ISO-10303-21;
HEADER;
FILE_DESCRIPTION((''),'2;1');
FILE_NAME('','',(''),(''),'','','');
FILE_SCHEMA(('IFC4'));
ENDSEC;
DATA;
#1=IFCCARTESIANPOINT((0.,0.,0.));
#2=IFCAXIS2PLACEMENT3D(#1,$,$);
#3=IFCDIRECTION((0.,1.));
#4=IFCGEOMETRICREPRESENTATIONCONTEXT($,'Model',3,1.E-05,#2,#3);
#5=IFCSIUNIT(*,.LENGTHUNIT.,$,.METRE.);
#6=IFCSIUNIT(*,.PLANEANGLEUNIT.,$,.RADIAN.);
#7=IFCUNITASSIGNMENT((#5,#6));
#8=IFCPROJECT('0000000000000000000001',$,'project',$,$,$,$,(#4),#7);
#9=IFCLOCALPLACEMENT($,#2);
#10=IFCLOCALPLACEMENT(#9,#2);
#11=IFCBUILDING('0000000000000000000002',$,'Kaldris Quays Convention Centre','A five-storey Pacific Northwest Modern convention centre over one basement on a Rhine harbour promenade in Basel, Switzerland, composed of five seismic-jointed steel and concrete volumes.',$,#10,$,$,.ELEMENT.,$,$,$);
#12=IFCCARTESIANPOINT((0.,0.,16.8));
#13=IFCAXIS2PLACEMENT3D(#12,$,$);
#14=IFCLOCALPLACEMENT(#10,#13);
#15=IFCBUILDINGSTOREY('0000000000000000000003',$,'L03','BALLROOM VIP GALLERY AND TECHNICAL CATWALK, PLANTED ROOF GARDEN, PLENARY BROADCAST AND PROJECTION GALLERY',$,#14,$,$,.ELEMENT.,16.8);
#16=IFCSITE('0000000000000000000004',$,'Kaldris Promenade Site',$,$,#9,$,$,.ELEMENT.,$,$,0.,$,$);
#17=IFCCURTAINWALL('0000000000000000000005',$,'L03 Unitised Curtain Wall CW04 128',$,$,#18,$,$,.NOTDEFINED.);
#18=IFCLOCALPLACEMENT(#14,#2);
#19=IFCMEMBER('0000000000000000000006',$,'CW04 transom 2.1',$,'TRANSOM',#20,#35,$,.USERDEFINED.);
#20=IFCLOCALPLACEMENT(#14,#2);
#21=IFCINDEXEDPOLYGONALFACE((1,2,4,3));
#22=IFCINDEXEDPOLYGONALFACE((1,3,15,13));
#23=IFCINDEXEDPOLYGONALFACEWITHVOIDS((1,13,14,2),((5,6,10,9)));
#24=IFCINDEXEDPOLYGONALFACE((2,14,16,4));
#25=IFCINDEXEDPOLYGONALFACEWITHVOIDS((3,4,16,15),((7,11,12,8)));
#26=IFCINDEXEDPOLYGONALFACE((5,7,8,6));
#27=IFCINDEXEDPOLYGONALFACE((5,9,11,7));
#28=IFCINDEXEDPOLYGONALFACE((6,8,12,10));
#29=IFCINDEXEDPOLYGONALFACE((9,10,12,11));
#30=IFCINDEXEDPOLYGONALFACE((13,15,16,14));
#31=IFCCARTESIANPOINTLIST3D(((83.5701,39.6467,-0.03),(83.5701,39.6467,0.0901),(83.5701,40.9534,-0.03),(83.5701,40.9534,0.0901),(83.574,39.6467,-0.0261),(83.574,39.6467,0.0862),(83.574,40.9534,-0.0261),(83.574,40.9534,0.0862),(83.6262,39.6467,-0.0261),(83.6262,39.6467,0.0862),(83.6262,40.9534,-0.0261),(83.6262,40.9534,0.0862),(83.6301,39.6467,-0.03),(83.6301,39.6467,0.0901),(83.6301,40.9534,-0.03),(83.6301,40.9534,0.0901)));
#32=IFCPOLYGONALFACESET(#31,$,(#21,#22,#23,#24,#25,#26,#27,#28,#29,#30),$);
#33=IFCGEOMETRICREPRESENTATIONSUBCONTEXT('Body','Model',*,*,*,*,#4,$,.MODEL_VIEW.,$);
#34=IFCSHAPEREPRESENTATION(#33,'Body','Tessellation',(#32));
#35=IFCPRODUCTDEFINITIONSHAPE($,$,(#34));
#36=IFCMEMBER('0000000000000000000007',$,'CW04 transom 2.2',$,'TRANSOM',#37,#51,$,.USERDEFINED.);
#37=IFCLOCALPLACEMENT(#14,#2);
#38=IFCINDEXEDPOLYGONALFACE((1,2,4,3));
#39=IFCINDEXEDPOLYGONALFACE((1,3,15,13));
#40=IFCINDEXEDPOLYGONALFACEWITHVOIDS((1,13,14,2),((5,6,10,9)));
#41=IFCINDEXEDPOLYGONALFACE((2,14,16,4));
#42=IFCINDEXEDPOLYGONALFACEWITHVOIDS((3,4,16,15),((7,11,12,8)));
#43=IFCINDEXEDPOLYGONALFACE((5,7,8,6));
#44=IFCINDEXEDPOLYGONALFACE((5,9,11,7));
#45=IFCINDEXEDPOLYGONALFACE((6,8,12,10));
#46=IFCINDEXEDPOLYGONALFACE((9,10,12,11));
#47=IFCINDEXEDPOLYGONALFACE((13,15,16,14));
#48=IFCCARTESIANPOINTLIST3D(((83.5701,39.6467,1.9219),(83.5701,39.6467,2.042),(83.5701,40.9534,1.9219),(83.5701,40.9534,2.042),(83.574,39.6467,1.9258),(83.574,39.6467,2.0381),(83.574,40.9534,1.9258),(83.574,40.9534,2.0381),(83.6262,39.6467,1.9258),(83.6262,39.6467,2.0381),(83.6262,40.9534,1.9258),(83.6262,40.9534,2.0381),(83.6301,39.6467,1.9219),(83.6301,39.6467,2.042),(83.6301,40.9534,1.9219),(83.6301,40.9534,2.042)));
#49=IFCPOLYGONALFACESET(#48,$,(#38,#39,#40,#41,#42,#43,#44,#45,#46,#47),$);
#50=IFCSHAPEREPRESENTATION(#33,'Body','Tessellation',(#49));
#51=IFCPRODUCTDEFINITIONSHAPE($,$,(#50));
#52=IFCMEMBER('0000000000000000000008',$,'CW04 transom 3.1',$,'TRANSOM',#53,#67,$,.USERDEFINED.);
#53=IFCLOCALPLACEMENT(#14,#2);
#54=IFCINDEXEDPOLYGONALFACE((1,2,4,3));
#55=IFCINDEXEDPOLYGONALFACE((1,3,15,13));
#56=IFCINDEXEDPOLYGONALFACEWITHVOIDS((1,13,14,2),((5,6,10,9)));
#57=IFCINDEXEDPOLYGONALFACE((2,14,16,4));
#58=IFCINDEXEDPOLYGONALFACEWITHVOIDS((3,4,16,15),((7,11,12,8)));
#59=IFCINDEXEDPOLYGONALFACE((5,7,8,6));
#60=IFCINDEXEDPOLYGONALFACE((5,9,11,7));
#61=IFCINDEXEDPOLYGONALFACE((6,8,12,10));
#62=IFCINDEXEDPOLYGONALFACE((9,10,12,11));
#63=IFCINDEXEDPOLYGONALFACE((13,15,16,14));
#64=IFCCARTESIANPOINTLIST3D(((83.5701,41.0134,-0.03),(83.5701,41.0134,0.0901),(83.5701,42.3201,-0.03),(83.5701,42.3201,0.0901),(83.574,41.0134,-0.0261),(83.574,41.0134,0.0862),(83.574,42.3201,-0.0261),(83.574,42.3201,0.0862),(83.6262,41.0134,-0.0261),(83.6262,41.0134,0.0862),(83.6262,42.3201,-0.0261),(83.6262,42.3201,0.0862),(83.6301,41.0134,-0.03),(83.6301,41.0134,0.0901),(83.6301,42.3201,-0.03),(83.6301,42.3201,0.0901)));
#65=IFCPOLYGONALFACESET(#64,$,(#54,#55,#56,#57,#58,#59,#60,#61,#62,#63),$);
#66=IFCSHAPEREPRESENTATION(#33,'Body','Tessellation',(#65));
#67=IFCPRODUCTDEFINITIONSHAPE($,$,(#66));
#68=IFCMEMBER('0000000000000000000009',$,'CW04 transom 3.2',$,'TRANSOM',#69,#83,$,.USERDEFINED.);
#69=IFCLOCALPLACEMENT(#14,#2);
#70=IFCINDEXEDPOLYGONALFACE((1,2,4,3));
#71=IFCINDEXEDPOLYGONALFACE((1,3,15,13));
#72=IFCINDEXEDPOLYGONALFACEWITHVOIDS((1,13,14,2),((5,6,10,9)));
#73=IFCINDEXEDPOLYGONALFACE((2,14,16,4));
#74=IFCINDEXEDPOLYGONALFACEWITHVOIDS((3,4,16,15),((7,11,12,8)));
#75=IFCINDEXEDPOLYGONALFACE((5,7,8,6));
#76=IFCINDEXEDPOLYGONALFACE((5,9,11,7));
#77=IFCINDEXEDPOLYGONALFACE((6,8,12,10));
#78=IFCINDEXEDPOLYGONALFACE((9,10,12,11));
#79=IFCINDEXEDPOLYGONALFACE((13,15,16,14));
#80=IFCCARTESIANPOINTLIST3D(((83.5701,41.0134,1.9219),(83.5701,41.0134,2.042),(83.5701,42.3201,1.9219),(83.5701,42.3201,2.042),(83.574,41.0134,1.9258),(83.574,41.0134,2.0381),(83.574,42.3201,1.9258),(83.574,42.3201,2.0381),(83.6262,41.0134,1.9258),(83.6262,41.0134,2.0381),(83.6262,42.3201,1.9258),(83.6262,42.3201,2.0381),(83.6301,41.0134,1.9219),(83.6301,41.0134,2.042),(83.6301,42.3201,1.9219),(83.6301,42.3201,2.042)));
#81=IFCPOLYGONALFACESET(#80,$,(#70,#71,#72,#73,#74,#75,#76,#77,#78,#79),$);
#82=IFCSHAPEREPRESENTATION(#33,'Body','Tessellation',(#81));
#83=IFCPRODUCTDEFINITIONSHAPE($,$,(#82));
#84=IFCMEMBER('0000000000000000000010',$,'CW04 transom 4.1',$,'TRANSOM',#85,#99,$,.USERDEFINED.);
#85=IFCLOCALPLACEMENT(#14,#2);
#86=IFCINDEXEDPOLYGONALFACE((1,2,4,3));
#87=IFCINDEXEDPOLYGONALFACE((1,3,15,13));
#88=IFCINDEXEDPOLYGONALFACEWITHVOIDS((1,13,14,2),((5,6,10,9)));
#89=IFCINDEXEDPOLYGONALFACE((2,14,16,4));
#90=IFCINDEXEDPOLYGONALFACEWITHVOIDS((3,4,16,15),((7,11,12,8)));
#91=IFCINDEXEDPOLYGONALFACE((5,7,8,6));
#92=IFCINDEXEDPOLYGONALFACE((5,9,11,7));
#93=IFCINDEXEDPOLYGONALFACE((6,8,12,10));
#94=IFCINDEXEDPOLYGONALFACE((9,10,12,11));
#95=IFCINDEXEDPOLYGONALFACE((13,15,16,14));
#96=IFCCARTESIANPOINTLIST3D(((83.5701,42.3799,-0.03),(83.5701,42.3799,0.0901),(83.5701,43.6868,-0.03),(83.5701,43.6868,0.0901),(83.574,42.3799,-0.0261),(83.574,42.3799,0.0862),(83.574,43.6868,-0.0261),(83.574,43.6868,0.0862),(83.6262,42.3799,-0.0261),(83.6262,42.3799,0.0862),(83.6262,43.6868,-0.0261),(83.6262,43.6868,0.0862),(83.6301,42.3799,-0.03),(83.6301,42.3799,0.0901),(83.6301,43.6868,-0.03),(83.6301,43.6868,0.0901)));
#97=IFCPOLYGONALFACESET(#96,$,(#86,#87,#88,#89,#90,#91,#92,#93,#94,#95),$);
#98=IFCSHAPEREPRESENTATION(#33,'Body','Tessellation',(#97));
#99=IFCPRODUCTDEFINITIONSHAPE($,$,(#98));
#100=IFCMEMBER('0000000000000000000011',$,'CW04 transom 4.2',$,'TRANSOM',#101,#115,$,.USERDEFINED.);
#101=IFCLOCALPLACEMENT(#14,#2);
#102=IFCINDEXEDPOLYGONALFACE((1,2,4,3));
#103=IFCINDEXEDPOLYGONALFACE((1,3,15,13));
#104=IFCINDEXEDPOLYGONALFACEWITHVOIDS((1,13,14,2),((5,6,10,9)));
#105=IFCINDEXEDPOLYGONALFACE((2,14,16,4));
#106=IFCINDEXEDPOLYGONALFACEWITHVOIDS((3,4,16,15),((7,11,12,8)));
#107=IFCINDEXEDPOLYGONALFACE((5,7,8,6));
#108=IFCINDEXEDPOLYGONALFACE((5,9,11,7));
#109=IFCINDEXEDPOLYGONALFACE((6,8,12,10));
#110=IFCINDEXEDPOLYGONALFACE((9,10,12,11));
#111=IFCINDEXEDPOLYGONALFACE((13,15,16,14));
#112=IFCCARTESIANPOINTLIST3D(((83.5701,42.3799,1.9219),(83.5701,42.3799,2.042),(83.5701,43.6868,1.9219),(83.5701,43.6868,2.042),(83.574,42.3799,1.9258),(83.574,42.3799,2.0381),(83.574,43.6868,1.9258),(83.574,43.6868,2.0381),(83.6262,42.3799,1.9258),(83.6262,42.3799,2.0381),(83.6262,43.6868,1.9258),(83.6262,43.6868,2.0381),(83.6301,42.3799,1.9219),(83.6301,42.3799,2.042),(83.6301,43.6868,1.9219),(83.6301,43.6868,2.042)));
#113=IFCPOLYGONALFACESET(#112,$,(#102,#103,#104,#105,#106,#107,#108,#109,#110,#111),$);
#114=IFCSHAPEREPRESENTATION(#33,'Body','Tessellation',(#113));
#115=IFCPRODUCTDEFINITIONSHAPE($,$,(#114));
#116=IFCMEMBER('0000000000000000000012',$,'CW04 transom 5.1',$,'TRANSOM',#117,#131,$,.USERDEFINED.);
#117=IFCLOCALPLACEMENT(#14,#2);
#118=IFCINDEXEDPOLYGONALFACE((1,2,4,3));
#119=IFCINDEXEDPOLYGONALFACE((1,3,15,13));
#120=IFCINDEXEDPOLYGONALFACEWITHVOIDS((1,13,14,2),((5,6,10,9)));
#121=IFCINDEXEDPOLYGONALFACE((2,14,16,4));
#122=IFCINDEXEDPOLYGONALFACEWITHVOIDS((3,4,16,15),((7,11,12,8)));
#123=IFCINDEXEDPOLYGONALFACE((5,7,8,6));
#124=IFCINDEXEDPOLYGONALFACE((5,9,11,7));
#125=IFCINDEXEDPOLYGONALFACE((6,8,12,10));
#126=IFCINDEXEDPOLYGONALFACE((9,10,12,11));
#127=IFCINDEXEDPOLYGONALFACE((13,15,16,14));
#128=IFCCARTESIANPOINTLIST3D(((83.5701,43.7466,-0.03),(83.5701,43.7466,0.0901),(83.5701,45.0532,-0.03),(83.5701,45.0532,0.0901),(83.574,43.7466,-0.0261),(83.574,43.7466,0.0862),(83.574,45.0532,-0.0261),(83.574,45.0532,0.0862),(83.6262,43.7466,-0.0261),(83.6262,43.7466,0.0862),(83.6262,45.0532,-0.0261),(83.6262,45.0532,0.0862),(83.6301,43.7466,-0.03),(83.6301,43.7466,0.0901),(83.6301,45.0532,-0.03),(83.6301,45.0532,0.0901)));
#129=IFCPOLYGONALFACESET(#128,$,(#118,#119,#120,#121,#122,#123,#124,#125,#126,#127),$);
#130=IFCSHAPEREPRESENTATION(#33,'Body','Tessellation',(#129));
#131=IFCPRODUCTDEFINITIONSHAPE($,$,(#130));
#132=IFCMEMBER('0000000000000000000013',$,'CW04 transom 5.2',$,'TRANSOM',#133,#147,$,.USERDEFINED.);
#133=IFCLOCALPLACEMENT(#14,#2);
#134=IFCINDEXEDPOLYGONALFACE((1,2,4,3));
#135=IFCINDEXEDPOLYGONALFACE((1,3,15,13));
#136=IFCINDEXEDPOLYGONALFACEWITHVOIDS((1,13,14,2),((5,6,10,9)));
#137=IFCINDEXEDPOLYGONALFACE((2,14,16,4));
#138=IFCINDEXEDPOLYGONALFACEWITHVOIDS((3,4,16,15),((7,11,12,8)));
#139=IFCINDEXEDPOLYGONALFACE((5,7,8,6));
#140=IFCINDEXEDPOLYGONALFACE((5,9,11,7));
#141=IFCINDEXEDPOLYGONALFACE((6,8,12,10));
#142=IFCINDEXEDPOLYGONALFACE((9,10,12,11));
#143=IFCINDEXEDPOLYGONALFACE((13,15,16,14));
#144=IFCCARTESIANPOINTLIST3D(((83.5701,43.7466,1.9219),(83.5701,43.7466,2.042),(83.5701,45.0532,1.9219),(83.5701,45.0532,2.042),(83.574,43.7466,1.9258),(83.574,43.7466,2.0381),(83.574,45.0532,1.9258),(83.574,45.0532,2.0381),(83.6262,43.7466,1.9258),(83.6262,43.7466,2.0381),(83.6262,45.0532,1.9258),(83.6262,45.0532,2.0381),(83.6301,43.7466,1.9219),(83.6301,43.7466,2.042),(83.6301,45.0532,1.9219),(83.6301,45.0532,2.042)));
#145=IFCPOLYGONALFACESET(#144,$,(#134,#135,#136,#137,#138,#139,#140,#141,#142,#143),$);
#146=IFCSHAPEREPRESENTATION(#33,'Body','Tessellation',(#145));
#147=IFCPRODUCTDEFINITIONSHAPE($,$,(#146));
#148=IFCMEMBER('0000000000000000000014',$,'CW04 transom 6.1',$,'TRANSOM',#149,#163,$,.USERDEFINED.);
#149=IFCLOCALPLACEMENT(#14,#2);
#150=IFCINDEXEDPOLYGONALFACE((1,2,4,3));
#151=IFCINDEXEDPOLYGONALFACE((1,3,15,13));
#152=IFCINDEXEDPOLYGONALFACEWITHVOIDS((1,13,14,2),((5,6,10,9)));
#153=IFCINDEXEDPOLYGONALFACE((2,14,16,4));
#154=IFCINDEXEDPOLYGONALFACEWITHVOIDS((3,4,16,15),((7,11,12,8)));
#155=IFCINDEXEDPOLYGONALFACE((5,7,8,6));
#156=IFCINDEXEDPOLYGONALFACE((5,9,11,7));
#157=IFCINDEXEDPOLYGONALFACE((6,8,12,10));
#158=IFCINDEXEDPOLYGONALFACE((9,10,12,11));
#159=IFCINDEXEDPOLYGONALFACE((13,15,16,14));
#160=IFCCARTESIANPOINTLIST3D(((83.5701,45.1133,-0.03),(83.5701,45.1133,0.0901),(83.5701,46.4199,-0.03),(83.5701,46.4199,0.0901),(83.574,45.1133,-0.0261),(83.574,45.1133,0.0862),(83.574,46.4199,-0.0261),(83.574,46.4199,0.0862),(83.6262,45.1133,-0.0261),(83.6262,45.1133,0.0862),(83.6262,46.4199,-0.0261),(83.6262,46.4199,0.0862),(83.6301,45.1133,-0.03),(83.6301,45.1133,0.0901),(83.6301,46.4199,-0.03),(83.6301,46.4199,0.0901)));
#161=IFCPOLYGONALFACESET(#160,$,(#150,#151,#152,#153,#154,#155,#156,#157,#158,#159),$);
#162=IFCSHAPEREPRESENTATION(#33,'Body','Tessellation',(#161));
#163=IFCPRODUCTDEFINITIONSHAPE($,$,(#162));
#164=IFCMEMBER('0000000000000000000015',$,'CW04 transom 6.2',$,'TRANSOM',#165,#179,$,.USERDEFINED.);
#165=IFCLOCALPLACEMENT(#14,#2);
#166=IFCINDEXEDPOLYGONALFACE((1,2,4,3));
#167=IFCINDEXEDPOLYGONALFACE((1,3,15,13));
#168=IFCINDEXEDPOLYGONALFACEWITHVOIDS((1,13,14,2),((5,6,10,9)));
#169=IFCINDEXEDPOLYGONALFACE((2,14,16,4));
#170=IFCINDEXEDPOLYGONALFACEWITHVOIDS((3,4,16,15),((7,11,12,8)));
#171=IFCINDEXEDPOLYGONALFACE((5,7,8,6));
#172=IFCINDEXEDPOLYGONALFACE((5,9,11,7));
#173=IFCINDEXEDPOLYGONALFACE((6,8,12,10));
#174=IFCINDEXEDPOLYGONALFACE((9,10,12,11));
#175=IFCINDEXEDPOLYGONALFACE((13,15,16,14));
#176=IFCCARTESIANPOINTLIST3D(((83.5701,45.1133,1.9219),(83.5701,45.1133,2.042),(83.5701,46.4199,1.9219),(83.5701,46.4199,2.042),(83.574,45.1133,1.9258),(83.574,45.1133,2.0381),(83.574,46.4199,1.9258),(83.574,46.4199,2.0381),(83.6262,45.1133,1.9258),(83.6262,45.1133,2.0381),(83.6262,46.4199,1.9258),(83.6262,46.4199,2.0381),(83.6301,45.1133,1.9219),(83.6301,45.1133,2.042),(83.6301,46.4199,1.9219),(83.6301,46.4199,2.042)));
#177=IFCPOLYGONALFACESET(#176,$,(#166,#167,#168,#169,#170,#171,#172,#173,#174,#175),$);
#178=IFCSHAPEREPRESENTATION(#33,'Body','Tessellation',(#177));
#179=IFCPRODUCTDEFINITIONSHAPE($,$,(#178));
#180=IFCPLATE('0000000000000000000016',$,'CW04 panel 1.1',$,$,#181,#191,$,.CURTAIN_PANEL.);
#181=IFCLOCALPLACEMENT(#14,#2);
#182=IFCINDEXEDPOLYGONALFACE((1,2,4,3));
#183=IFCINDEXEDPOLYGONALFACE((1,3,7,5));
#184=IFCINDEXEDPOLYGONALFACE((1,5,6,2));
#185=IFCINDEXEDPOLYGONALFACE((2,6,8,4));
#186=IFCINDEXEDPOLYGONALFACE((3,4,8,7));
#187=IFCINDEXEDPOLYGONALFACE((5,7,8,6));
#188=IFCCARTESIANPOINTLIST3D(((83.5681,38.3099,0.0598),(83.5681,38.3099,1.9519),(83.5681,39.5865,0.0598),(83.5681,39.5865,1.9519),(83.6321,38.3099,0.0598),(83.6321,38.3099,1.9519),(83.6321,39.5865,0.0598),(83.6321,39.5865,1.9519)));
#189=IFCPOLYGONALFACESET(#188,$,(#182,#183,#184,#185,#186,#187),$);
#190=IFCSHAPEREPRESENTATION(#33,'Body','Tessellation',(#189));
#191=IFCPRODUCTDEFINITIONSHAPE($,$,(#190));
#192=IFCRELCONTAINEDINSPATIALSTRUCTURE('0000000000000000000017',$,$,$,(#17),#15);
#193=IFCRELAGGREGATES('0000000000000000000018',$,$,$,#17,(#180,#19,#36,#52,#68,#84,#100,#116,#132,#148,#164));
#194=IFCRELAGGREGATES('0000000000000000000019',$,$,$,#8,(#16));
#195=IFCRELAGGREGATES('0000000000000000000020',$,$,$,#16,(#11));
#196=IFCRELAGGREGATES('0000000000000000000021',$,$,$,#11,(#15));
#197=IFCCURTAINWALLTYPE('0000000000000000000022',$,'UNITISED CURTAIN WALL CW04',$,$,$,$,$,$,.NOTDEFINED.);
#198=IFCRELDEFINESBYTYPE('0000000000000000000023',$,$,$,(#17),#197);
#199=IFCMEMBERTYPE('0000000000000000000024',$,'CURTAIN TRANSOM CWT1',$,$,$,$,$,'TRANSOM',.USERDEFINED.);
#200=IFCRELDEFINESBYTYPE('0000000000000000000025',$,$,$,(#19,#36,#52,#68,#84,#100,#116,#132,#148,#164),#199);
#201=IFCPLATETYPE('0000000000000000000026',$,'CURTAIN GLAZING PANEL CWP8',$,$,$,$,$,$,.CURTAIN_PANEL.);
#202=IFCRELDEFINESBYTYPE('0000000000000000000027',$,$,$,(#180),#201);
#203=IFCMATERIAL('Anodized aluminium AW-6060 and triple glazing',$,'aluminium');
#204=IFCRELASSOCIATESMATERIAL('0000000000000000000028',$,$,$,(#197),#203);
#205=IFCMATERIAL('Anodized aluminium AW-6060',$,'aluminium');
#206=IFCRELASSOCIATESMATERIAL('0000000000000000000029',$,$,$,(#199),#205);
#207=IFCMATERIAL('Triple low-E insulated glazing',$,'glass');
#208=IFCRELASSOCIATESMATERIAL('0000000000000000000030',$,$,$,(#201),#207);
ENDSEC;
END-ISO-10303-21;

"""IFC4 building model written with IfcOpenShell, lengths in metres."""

from ifc_helpers import new_model, si_unit, direction, frame, origin, origin_2d, place, context, subcontext, project, spatial, rectangle, hollow_rectangle, extrude, material, material_profile, profile_set, type_object, element, aggregate, save


model = new_model("IFC4")

# Units and contexts
model_context = context("Model", 3, precision=1e-05, world=origin(), true_north=direction((0.0, 1.0)))
body_context = subcontext(model_context, "Body", "Model", "MODEL_VIEW")
ifc_project = project(units=[si_unit("LENGTHUNIT", "METRE"), si_unit("PLANEANGLEUNIT", "RADIAN")], contexts=[model_context])

# Site, building, storey
site_placement = place(None, origin())
site = spatial("IfcSite", under=ifc_project, at=site_placement, Name="Kaldris Promenade Site", CompositionType="ELEMENT", RefElevation=0.0)
building_placement = place(site_placement, origin())
building = spatial("IfcBuilding", under=site, at=building_placement, Name="Kaldris Quays Convention Centre", Description="A five-storey Pacific Northwest Modern convention centre over one basement on a Rhine harbour promenade in Basel, Switzerland, composed of five seismic-jointed steel and concrete volumes.", CompositionType="ELEMENT")
storey_placement = place(building_placement, frame((0.0, 0.0, 16.8)))
storey = spatial("IfcBuildingStorey", under=building, at=storey_placement, Name="L03", Description="BALLROOM VIP GALLERY AND TECHNICAL CATWALK, PLANTED ROOF GARDEN, PLENARY BROADCAST AND PROJECTION GALLERY", CompositionType="ELEMENT", Elevation=16.8)

# Curtain wall, members, plate
ifc_material_1 = material(Name="Anodized aluminium AW-6060 and triple glazing", Category="aluminium")
curtain_wall_type = type_object("IfcCurtainWallType", Name="UNITISED CURTAIN WALL CW04", PredefinedType="NOTDEFINED", material=ifc_material_1)
curtain_wall_placement = place(storey_placement, origin())
curtain_wall = element("IfcCurtainWall", 1, at=curtain_wall_placement, inside=storey, type_object=curtain_wall_type, Name="L03 Unitised Curtain Wall CW04 128", PredefinedType="NOTDEFINED")
ifc_material_2 = material(Name="Anodized aluminium AW-6060", Category="aluminium")
ifc_material_profile_1 = material_profile(ifc_material_2, hollow_rectangle(XDim=0.0601, YDim=0.1201, WallThickness=0.0039, at=origin_2d()), Name="RHS 120x60x4")
ifc_profile_set_1 = profile_set([ifc_material_profile_1], Name="Anodized aluminium AW-6060")
member_type_1 = type_object("IfcMemberType", Name="CURTAIN TRANSOM CWT1", ElementType="TRANSOM", PredefinedType="USERDEFINED", material=ifc_profile_set_1)
member_1_placement = place(storey_placement, frame((83.6001, 39.6467, 0.03), z_axis=(0.0, 1.0, 0.0), x_axis=(-1.0, 0.0, 0.0)))
member_1 = element("IfcMember", 2, at=member_1_placement, type_object=member_type_1, Name="CW04 transom 2.1", ObjectType="TRANSOM", PredefinedType="USERDEFINED", context=body_context, shape_type="SweptSolid", body=[
    extrude(hollow_rectangle(XDim=0.0601, YDim=0.1201, WallThickness=0.0039, at=origin_2d()), origin(), (0.0, 0.0, 1.0), 1.3066),
])
member_2_placement = place(storey_placement, frame((83.6001, 39.6467, 1.9819), z_axis=(0.0, 1.0, 0.0), x_axis=(-1.0, 0.0, 0.0)))
member_2 = element("IfcMember", 3, at=member_2_placement, type_object=member_type_1, Name="CW04 transom 2.2", ObjectType="TRANSOM", PredefinedType="USERDEFINED", context=body_context, shape_type="SweptSolid", body=[
    extrude(hollow_rectangle(XDim=0.0601, YDim=0.1201, WallThickness=0.0039, at=origin_2d()), origin(), (0.0, 0.0, 1.0), 1.3066),
])
member_3_placement = place(storey_placement, frame((83.6001, 41.0134, 0.03), z_axis=(0.0, 1.0, 0.0), x_axis=(-1.0, 0.0, 0.0)))
member_3 = element("IfcMember", 4, at=member_3_placement, type_object=member_type_1, Name="CW04 transom 3.1", ObjectType="TRANSOM", PredefinedType="USERDEFINED", context=body_context, shape_type="SweptSolid", body=[
    extrude(hollow_rectangle(XDim=0.0601, YDim=0.1201, WallThickness=0.0039, at=origin_2d()), origin(), (0.0, 0.0, 1.0), 1.3066),
])
member_4_placement = place(storey_placement, frame((83.6001, 41.0134, 1.9819), z_axis=(0.0, 1.0, 0.0), x_axis=(-1.0, 0.0, 0.0)))
member_4 = element("IfcMember", 5, at=member_4_placement, type_object=member_type_1, Name="CW04 transom 3.2", ObjectType="TRANSOM", PredefinedType="USERDEFINED", context=body_context, shape_type="SweptSolid", body=[
    extrude(hollow_rectangle(XDim=0.0601, YDim=0.1201, WallThickness=0.0039, at=origin_2d()), origin(), (0.0, 0.0, 1.0), 1.3066),
])
member_5_placement = place(storey_placement, frame((83.6001, 42.3799, 0.03), z_axis=(0.0, 1.0, 0.0), x_axis=(-1.0, 0.0, 0.0)))
member_5 = element("IfcMember", 6, at=member_5_placement, type_object=member_type_1, Name="CW04 transom 4.1", ObjectType="TRANSOM", PredefinedType="USERDEFINED", context=body_context, shape_type="SweptSolid", body=[
    extrude(hollow_rectangle(XDim=0.0601, YDim=0.1201, WallThickness=0.0039, at=origin_2d()), origin(), (0.0, 0.0, 1.0), 1.3069),
])
member_6_placement = place(storey_placement, frame((83.6001, 42.3799, 1.9819), z_axis=(0.0, 1.0, 0.0), x_axis=(-1.0, 0.0, 0.0)))
member_6 = element("IfcMember", 7, at=member_6_placement, type_object=member_type_1, Name="CW04 transom 4.2", ObjectType="TRANSOM", PredefinedType="USERDEFINED", context=body_context, shape_type="SweptSolid", body=[
    extrude(hollow_rectangle(XDim=0.0601, YDim=0.1201, WallThickness=0.0039, at=origin_2d()), origin(), (0.0, 0.0, 1.0), 1.3069),
])
member_7_placement = place(storey_placement, frame((83.6001, 43.7466, 0.03), z_axis=(0.0, 1.0, 0.0), x_axis=(-1.0, 0.0, 0.0)))
member_7 = element("IfcMember", 8, at=member_7_placement, type_object=member_type_1, Name="CW04 transom 5.1", ObjectType="TRANSOM", PredefinedType="USERDEFINED", context=body_context, shape_type="SweptSolid", body=[
    extrude(hollow_rectangle(XDim=0.0601, YDim=0.1201, WallThickness=0.0039, at=origin_2d()), origin(), (0.0, 0.0, 1.0), 1.3066),
])
member_8_placement = place(storey_placement, frame((83.6001, 43.7466, 1.9819), z_axis=(0.0, 1.0, 0.0), x_axis=(-1.0, 0.0, 0.0)))
member_8 = element("IfcMember", 9, at=member_8_placement, type_object=member_type_1, Name="CW04 transom 5.2", ObjectType="TRANSOM", PredefinedType="USERDEFINED", context=body_context, shape_type="SweptSolid", body=[
    extrude(hollow_rectangle(XDim=0.0601, YDim=0.1201, WallThickness=0.0039, at=origin_2d()), origin(), (0.0, 0.0, 1.0), 1.3066),
])
member_9_placement = place(storey_placement, frame((83.6001, 45.1133, 0.03), z_axis=(0.0, 1.0, 0.0), x_axis=(-1.0, 0.0, 0.0)))
member_9 = element("IfcMember", 10, at=member_9_placement, type_object=member_type_1, Name="CW04 transom 6.1", ObjectType="TRANSOM", PredefinedType="USERDEFINED", context=body_context, shape_type="SweptSolid", body=[
    extrude(hollow_rectangle(XDim=0.0601, YDim=0.1201, WallThickness=0.0039, at=origin_2d()), origin(), (0.0, 0.0, 1.0), 1.3066),
])
member_10_placement = place(storey_placement, frame((83.6001, 45.1133, 1.9819), z_axis=(0.0, 1.0, 0.0), x_axis=(-1.0, 0.0, 0.0)))
member_10 = element("IfcMember", 11, at=member_10_placement, type_object=member_type_1, Name="CW04 transom 6.2", ObjectType="TRANSOM", PredefinedType="USERDEFINED", context=body_context, shape_type="SweptSolid", body=[
    extrude(hollow_rectangle(XDim=0.0601, YDim=0.1201, WallThickness=0.0039, at=origin_2d()), origin(), (0.0, 0.0, 1.0), 1.3066),
])
ifc_material_3 = material(Name="Triple low-E insulated glazing", Category="glass")
plate_type = type_object("IfcPlateType", Name="CURTAIN GLAZING PANEL CWP8", PredefinedType="CURTAIN_PANEL", material=ifc_material_3)
plate_1_placement = place(storey_placement, frame((83.6001, 38.9482, 0.0598), z_axis=(0.0, 0.0, 1.0), x_axis=(0.0, 1.0, 0.0)))
plate_1 = element("IfcPlate", 12, at=plate_1_placement, type_object=plate_type, Name="CW04 panel 1.1", PredefinedType="CURTAIN_PANEL", context=body_context, shape_type="SweptSolid", body=[
    extrude(rectangle(XDim=1.2766, YDim=0.064, at=origin_2d()), origin(), (0.0, 0.0, 1.0), 1.8921),
])
aggregate(curtain_wall, [plate_1, member_1, member_2, member_3, member_4, member_5, member_6, member_7, member_8, member_9, member_10])

save(model, "model.ifc")
